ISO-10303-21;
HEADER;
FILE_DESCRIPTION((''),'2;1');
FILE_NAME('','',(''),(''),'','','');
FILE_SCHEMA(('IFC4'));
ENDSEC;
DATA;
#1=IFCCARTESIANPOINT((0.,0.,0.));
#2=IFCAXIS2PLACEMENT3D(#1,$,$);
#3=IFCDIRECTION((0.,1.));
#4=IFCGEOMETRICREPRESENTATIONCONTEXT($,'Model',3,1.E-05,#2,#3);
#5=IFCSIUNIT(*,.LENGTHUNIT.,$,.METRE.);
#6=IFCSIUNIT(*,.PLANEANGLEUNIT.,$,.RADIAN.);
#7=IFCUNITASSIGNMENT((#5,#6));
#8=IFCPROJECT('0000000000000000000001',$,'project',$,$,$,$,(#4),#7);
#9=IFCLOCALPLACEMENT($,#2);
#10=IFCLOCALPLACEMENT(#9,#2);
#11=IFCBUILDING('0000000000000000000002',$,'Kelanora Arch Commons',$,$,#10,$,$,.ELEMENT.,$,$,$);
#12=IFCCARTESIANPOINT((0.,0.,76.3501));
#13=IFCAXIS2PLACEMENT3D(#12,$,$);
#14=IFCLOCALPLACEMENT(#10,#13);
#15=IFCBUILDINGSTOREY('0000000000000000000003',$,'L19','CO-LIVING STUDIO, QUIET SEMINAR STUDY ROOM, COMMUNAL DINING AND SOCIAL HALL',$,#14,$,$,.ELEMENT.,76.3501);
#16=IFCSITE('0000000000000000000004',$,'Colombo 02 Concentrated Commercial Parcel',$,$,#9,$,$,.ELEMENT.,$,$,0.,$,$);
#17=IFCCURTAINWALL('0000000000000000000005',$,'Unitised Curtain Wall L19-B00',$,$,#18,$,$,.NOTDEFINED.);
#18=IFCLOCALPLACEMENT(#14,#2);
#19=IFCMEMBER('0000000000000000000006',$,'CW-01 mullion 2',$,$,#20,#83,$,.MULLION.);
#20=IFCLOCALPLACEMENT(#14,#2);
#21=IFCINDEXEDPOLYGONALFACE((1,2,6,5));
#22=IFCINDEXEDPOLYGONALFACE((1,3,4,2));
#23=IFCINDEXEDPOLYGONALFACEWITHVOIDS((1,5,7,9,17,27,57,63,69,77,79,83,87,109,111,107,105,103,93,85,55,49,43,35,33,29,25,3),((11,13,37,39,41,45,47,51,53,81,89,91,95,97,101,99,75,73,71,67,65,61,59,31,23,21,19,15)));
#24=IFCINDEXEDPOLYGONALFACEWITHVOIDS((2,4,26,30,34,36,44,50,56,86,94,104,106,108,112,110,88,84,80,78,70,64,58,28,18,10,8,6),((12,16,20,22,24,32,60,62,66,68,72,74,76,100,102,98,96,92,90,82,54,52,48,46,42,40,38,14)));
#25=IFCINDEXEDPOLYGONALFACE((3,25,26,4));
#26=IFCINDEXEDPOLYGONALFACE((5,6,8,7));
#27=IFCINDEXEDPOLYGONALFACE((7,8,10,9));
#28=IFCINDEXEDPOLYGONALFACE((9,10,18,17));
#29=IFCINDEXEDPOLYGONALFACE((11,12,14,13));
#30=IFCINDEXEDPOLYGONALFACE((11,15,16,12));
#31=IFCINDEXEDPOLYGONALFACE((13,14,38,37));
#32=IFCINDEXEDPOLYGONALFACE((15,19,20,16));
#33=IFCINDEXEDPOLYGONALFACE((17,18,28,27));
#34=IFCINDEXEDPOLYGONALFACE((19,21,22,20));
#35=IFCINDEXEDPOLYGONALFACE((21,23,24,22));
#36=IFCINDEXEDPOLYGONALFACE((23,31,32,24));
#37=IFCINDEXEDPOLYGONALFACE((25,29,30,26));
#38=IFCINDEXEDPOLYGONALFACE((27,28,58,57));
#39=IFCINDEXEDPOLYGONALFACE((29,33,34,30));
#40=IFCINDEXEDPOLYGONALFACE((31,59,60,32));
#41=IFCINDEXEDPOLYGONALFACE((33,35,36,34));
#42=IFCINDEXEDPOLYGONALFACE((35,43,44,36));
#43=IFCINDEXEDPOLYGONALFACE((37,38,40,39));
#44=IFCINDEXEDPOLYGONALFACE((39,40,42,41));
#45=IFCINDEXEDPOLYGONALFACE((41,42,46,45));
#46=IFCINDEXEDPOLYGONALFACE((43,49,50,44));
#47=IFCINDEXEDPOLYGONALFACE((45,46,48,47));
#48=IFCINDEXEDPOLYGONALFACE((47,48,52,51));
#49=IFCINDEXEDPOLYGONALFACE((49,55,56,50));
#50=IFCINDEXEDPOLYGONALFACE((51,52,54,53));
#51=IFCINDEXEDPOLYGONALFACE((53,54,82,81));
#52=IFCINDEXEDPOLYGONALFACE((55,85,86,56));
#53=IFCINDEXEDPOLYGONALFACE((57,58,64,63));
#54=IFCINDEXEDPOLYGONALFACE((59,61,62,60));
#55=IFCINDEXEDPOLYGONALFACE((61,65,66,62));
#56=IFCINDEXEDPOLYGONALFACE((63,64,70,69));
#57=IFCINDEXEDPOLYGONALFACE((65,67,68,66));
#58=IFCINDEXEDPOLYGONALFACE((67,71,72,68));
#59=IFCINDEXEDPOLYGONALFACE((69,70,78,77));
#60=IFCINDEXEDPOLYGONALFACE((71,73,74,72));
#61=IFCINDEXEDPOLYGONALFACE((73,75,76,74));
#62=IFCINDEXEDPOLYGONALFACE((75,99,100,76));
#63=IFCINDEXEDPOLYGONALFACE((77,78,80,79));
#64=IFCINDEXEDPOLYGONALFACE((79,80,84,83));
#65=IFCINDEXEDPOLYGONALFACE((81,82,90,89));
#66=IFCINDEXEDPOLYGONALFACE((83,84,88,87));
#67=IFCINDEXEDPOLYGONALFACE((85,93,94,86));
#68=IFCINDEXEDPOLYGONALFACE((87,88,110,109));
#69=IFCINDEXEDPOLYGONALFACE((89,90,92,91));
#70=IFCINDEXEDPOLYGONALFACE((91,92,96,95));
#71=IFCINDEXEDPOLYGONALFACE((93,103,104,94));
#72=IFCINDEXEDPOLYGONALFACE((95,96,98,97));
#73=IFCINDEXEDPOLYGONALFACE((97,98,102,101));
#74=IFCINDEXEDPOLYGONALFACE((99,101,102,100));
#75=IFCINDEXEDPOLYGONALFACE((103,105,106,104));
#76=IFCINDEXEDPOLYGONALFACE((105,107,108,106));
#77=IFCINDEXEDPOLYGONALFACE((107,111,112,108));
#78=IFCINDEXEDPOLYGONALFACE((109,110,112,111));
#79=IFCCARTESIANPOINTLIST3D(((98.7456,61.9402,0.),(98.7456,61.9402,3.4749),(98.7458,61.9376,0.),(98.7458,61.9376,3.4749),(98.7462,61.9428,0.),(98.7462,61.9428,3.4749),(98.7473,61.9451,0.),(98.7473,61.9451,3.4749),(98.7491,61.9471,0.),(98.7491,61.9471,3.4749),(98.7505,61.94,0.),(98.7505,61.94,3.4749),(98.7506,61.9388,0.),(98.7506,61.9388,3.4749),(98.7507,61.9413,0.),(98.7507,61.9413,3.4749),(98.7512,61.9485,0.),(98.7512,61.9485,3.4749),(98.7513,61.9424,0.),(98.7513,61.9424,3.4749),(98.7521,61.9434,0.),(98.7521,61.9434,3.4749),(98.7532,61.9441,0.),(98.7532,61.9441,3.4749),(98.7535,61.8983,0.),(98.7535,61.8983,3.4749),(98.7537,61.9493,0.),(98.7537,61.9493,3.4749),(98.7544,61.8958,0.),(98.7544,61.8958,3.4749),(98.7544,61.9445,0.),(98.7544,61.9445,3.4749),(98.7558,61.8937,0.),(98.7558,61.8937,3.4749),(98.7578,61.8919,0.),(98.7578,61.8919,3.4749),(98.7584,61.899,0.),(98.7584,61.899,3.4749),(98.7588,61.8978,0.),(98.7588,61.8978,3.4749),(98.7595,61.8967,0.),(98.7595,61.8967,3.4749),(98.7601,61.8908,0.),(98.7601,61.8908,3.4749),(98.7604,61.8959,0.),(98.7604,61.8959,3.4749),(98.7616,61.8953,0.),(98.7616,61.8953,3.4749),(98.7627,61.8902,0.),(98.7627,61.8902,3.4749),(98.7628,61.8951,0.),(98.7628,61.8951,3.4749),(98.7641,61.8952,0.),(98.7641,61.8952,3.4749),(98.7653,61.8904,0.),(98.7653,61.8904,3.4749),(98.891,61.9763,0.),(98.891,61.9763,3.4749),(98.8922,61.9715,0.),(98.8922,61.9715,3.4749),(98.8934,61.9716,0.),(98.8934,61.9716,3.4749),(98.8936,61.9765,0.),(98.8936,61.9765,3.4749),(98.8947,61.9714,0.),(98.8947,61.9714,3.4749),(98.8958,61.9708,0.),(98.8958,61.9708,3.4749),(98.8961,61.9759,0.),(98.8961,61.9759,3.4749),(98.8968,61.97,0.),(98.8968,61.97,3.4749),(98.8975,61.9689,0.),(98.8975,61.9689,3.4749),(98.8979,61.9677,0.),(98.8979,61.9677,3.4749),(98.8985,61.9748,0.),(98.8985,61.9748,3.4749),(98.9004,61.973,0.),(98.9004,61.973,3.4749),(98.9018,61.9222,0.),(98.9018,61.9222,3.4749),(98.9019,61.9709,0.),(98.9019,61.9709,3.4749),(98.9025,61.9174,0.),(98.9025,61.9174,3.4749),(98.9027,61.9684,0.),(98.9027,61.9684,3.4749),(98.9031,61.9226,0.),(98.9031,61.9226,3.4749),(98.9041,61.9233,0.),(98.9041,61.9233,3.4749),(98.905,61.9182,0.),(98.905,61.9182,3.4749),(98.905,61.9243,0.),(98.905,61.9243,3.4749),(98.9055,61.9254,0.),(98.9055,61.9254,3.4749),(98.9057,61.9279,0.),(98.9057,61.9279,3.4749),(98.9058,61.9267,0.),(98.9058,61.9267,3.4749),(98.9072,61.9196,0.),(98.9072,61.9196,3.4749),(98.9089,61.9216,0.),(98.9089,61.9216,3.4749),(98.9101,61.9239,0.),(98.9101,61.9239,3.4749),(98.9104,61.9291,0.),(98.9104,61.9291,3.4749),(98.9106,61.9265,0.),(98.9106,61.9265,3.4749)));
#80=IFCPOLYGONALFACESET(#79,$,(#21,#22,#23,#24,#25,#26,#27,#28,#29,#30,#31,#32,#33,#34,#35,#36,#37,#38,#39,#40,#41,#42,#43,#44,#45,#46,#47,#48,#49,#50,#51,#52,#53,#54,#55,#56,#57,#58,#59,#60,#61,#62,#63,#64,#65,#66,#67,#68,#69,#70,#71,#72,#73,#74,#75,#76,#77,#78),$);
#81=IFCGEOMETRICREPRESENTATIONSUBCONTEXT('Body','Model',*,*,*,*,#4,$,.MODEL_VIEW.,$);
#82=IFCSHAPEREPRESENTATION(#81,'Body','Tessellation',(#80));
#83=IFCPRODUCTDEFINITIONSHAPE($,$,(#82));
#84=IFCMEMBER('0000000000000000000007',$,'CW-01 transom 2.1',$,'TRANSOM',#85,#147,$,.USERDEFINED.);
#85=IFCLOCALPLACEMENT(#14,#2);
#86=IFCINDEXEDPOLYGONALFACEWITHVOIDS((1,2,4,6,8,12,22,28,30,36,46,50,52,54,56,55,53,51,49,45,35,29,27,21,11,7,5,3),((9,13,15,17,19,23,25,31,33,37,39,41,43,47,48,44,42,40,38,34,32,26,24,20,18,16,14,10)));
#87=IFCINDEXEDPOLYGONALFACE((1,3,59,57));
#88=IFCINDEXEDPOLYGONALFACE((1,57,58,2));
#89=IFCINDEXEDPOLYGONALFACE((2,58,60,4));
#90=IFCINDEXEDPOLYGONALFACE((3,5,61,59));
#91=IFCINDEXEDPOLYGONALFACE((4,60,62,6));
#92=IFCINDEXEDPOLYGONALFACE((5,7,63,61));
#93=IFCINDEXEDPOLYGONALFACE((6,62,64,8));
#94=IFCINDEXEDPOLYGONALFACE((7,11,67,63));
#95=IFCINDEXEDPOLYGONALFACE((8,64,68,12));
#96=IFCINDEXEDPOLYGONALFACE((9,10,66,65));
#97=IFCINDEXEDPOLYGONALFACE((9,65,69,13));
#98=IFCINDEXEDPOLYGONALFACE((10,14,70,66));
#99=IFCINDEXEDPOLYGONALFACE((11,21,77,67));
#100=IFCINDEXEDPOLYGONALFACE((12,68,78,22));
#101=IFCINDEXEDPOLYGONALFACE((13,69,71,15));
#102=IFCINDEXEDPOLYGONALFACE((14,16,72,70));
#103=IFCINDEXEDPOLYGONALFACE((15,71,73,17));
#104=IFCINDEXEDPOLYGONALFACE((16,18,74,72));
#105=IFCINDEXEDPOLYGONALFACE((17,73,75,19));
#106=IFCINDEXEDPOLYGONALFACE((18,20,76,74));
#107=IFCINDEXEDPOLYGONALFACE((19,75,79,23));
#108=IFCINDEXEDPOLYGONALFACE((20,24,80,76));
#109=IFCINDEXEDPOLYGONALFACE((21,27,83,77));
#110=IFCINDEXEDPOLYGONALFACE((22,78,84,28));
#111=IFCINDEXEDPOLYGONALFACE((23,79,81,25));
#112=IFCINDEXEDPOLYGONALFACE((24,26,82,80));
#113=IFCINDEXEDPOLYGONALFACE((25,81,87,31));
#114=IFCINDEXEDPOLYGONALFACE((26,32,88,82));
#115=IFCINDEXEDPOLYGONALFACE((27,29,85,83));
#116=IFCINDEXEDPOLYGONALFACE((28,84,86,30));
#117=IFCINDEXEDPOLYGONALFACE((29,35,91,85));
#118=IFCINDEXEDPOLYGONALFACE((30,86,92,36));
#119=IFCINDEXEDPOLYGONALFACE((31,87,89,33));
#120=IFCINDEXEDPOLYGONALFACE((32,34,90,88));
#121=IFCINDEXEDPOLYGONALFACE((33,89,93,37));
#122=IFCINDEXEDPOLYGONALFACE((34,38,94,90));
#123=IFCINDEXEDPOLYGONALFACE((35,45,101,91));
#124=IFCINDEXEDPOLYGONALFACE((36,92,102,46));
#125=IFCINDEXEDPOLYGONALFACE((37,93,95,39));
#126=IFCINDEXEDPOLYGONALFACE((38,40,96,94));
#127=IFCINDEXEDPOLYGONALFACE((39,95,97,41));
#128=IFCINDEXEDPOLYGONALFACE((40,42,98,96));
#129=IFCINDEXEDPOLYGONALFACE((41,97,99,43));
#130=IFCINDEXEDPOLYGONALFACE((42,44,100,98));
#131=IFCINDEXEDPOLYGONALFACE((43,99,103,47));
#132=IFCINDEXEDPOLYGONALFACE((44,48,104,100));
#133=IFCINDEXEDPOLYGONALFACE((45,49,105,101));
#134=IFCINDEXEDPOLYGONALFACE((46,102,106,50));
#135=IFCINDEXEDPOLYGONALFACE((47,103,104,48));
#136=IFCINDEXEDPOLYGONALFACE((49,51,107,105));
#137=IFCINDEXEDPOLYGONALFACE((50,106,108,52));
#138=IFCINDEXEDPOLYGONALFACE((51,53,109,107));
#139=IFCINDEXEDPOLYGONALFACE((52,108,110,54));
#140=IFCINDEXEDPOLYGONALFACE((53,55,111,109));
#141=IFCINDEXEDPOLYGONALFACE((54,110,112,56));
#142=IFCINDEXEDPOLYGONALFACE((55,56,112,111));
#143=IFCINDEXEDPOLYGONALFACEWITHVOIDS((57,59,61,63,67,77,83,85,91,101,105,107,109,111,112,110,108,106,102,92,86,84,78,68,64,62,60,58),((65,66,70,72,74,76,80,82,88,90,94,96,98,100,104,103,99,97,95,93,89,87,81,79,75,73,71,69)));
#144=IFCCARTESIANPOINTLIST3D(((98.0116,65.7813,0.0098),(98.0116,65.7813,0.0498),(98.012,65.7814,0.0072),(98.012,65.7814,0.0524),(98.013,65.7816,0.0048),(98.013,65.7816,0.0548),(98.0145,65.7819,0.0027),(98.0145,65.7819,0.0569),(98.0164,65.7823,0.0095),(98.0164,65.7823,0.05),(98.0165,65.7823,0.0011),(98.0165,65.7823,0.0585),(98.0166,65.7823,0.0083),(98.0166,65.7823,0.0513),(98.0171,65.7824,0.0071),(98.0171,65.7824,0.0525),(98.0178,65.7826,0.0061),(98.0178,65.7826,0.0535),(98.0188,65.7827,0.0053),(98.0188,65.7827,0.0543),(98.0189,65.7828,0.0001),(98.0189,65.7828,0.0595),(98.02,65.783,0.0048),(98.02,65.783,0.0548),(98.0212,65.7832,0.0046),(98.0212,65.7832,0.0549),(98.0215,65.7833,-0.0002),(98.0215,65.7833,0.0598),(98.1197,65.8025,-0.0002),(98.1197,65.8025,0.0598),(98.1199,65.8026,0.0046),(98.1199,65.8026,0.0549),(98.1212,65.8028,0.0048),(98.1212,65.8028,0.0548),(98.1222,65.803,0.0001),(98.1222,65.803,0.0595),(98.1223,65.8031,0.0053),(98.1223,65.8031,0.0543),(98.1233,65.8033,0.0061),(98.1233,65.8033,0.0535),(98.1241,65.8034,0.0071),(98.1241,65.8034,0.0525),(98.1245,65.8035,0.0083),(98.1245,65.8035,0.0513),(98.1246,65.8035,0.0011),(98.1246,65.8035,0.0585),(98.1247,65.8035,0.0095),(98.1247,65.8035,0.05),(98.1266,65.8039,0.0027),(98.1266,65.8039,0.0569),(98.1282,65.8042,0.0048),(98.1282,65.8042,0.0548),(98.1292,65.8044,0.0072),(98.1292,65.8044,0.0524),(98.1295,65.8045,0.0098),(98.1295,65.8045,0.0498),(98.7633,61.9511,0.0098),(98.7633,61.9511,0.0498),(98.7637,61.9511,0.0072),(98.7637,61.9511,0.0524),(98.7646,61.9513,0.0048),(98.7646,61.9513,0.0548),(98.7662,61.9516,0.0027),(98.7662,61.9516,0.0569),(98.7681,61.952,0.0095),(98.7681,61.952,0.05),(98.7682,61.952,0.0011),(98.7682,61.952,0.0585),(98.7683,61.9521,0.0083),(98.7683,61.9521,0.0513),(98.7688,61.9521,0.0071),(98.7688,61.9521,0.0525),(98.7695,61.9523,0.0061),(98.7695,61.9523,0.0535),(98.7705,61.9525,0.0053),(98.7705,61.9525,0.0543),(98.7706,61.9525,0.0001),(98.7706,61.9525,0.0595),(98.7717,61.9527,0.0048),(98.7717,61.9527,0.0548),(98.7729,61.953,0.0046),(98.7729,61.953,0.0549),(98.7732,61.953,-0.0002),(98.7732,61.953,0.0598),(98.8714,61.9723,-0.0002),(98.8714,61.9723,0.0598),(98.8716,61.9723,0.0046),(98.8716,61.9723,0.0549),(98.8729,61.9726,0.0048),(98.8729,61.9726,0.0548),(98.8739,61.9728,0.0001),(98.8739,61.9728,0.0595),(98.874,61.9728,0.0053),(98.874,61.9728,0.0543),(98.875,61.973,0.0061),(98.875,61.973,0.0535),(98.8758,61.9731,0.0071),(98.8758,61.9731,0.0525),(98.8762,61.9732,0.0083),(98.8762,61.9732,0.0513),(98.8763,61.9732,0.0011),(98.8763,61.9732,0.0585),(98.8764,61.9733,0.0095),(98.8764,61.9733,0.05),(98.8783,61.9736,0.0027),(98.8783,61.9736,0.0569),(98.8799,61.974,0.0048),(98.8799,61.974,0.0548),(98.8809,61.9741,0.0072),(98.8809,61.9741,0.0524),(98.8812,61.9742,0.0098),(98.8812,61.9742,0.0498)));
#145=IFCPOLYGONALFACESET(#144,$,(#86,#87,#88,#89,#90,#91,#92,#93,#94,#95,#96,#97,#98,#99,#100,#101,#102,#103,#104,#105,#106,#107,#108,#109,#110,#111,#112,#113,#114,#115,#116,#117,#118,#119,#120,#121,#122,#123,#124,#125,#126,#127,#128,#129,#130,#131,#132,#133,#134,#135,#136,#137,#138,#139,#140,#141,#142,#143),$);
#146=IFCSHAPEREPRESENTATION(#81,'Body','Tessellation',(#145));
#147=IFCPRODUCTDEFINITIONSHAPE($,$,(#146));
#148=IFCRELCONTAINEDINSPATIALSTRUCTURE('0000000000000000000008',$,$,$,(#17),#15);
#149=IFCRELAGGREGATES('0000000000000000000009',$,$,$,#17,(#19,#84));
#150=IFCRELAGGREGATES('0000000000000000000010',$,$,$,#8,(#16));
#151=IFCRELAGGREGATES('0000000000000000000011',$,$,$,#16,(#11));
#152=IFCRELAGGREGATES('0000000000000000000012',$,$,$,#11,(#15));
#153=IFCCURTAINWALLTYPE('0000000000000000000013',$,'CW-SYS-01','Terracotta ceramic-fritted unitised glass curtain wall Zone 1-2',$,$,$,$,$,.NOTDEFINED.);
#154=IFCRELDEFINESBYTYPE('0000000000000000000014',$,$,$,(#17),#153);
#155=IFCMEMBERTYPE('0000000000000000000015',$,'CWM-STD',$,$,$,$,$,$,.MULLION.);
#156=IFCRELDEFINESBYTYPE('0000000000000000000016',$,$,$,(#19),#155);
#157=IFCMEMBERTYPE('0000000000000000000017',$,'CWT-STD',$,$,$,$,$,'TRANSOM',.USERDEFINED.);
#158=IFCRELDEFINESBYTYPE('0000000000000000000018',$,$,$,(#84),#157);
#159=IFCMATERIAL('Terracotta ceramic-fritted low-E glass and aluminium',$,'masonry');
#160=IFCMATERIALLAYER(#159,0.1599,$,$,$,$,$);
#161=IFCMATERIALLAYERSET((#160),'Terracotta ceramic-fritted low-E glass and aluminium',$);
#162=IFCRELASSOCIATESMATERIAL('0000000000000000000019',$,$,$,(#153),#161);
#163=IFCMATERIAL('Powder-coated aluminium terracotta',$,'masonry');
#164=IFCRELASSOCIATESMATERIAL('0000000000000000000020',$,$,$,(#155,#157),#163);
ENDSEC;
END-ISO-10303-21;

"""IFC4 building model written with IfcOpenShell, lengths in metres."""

from ifc_helpers import new_model, si_unit, direction, frame, origin, origin_2d, place, context, subcontext, project, spatial, hollow_rectangle, extrude, material, layer, layer_set, material_profile, profile_set, type_object, element, aggregate, save


model = new_model("IFC4")

# Units and contexts
model_context = context("Model", 3, precision=1e-05, world=origin(), true_north=direction((0.0, 1.0)))
body_context = subcontext(model_context, "Body", "Model", "MODEL_VIEW")
ifc_project = project(units=[si_unit("LENGTHUNIT", "METRE"), si_unit("PLANEANGLEUNIT", "RADIAN")], contexts=[model_context])

# Site, building, storey
site_placement = place(None, origin())
site = spatial("IfcSite", under=ifc_project, at=site_placement, Name="Colombo 02 Concentrated Commercial Parcel", CompositionType="ELEMENT", RefElevation=0.0)
building_placement = place(site_placement, origin())
building = spatial("IfcBuilding", under=site, at=building_placement, Name="Kelanora Arch Commons", CompositionType="ELEMENT")
storey_placement = place(building_placement, frame((0.0, 0.0, 76.3501)))
storey = spatial("IfcBuildingStorey", under=building, at=storey_placement, Name="L19", Description="CO-LIVING STUDIO, QUIET SEMINAR STUDY ROOM, COMMUNAL DINING AND SOCIAL HALL", CompositionType="ELEMENT", Elevation=76.3501)

# Curtain wall, members
ifc_material_1 = material(Name="Terracotta ceramic-fritted low-E glass and aluminium", Category="masonry")
ifc_layer_1 = layer(ifc_material_1, 0.1599)
ifc_layer_set_1 = layer_set([ifc_layer_1], Name="Terracotta ceramic-fritted low-E glass and aluminium")
curtain_wall_type = type_object("IfcCurtainWallType", Name="CW-SYS-01", Description="Terracotta ceramic-fritted unitised glass curtain wall Zone 1-2", PredefinedType="NOTDEFINED", material=ifc_layer_set_1)
curtain_wall_placement = place(storey_placement, origin())
curtain_wall = element("IfcCurtainWall", 1, at=curtain_wall_placement, inside=storey, type_object=curtain_wall_type, Name="Unitised Curtain Wall L19-B00", PredefinedType="NOTDEFINED")
ifc_material_2 = material(Name="Powder-coated aluminium terracotta", Category="masonry")
ifc_material_profile_1 = material_profile(ifc_material_2, hollow_rectangle(XDim=0.1599, YDim=0.0601, WallThickness=0.0049, InnerFilletRadius=0.0049, OuterFilletRadius=0.01, at=origin_2d()), Name="CWM160x60")
ifc_profile_set_1 = profile_set([ifc_material_profile_1], Name="Powder-coated aluminium terracotta")
member_type_1 = type_object("IfcMemberType", Name="CWM-STD", PredefinedType="MULLION", material=ifc_profile_set_1)
member_1_placement = place(storey_placement, frame((98.8281, 61.9333, 0.0), z_axis=(0.0, 0.0, 1.0), x_axis=(-0.98128, -0.192585, 0.0)))
member_1 = element("IfcMember", 2, at=member_1_placement, type_object=member_type_1, Name="CW-01 mullion 2", PredefinedType="MULLION", context=body_context, shape_type="SweptSolid", body=[
    extrude(hollow_rectangle(XDim=0.1599, YDim=0.0601, WallThickness=0.0049, InnerFilletRadius=0.0049, OuterFilletRadius=0.01, at=origin_2d()), origin(), (0.0, 0.0, 1.0), 3.4749),
])
ifc_material_profile_2 = material_profile(ifc_material_2, hollow_rectangle(XDim=0.1201, YDim=0.0601, WallThickness=0.0049, InnerFilletRadius=0.0049, OuterFilletRadius=0.01, at=origin_2d()), Name="CWT120x60")
ifc_profile_set_2 = profile_set([ifc_material_profile_2], Name="Powder-coated aluminium terracotta")
member_type_2 = type_object("IfcMemberType", Name="CWT-STD", ElementType="TRANSOM", PredefinedType="USERDEFINED", material=ifc_profile_set_2)
member_2_placement = place(storey_placement, frame((98.8223, 61.9626, 0.0298), z_axis=(-0.192579, 0.981282, 0.0), x_axis=(-0.981282, -0.192579, 0.0)))
member_2 = element("IfcMember", 3, at=member_2_placement, type_object=member_type_2, Name="CW-01 transom 2.1", ObjectType="TRANSOM", PredefinedType="USERDEFINED", context=body_context, shape_type="SweptSolid", body=[
    extrude(hollow_rectangle(XDim=0.1201, YDim=0.0601, WallThickness=0.0049, InnerFilletRadius=0.0049, OuterFilletRadius=0.01, at=origin_2d()), origin(), (0.0, 0.0, 1.0), 3.9033),
])
aggregate(curtain_wall, [member_1, member_2])

save(model, "model.ifc")
